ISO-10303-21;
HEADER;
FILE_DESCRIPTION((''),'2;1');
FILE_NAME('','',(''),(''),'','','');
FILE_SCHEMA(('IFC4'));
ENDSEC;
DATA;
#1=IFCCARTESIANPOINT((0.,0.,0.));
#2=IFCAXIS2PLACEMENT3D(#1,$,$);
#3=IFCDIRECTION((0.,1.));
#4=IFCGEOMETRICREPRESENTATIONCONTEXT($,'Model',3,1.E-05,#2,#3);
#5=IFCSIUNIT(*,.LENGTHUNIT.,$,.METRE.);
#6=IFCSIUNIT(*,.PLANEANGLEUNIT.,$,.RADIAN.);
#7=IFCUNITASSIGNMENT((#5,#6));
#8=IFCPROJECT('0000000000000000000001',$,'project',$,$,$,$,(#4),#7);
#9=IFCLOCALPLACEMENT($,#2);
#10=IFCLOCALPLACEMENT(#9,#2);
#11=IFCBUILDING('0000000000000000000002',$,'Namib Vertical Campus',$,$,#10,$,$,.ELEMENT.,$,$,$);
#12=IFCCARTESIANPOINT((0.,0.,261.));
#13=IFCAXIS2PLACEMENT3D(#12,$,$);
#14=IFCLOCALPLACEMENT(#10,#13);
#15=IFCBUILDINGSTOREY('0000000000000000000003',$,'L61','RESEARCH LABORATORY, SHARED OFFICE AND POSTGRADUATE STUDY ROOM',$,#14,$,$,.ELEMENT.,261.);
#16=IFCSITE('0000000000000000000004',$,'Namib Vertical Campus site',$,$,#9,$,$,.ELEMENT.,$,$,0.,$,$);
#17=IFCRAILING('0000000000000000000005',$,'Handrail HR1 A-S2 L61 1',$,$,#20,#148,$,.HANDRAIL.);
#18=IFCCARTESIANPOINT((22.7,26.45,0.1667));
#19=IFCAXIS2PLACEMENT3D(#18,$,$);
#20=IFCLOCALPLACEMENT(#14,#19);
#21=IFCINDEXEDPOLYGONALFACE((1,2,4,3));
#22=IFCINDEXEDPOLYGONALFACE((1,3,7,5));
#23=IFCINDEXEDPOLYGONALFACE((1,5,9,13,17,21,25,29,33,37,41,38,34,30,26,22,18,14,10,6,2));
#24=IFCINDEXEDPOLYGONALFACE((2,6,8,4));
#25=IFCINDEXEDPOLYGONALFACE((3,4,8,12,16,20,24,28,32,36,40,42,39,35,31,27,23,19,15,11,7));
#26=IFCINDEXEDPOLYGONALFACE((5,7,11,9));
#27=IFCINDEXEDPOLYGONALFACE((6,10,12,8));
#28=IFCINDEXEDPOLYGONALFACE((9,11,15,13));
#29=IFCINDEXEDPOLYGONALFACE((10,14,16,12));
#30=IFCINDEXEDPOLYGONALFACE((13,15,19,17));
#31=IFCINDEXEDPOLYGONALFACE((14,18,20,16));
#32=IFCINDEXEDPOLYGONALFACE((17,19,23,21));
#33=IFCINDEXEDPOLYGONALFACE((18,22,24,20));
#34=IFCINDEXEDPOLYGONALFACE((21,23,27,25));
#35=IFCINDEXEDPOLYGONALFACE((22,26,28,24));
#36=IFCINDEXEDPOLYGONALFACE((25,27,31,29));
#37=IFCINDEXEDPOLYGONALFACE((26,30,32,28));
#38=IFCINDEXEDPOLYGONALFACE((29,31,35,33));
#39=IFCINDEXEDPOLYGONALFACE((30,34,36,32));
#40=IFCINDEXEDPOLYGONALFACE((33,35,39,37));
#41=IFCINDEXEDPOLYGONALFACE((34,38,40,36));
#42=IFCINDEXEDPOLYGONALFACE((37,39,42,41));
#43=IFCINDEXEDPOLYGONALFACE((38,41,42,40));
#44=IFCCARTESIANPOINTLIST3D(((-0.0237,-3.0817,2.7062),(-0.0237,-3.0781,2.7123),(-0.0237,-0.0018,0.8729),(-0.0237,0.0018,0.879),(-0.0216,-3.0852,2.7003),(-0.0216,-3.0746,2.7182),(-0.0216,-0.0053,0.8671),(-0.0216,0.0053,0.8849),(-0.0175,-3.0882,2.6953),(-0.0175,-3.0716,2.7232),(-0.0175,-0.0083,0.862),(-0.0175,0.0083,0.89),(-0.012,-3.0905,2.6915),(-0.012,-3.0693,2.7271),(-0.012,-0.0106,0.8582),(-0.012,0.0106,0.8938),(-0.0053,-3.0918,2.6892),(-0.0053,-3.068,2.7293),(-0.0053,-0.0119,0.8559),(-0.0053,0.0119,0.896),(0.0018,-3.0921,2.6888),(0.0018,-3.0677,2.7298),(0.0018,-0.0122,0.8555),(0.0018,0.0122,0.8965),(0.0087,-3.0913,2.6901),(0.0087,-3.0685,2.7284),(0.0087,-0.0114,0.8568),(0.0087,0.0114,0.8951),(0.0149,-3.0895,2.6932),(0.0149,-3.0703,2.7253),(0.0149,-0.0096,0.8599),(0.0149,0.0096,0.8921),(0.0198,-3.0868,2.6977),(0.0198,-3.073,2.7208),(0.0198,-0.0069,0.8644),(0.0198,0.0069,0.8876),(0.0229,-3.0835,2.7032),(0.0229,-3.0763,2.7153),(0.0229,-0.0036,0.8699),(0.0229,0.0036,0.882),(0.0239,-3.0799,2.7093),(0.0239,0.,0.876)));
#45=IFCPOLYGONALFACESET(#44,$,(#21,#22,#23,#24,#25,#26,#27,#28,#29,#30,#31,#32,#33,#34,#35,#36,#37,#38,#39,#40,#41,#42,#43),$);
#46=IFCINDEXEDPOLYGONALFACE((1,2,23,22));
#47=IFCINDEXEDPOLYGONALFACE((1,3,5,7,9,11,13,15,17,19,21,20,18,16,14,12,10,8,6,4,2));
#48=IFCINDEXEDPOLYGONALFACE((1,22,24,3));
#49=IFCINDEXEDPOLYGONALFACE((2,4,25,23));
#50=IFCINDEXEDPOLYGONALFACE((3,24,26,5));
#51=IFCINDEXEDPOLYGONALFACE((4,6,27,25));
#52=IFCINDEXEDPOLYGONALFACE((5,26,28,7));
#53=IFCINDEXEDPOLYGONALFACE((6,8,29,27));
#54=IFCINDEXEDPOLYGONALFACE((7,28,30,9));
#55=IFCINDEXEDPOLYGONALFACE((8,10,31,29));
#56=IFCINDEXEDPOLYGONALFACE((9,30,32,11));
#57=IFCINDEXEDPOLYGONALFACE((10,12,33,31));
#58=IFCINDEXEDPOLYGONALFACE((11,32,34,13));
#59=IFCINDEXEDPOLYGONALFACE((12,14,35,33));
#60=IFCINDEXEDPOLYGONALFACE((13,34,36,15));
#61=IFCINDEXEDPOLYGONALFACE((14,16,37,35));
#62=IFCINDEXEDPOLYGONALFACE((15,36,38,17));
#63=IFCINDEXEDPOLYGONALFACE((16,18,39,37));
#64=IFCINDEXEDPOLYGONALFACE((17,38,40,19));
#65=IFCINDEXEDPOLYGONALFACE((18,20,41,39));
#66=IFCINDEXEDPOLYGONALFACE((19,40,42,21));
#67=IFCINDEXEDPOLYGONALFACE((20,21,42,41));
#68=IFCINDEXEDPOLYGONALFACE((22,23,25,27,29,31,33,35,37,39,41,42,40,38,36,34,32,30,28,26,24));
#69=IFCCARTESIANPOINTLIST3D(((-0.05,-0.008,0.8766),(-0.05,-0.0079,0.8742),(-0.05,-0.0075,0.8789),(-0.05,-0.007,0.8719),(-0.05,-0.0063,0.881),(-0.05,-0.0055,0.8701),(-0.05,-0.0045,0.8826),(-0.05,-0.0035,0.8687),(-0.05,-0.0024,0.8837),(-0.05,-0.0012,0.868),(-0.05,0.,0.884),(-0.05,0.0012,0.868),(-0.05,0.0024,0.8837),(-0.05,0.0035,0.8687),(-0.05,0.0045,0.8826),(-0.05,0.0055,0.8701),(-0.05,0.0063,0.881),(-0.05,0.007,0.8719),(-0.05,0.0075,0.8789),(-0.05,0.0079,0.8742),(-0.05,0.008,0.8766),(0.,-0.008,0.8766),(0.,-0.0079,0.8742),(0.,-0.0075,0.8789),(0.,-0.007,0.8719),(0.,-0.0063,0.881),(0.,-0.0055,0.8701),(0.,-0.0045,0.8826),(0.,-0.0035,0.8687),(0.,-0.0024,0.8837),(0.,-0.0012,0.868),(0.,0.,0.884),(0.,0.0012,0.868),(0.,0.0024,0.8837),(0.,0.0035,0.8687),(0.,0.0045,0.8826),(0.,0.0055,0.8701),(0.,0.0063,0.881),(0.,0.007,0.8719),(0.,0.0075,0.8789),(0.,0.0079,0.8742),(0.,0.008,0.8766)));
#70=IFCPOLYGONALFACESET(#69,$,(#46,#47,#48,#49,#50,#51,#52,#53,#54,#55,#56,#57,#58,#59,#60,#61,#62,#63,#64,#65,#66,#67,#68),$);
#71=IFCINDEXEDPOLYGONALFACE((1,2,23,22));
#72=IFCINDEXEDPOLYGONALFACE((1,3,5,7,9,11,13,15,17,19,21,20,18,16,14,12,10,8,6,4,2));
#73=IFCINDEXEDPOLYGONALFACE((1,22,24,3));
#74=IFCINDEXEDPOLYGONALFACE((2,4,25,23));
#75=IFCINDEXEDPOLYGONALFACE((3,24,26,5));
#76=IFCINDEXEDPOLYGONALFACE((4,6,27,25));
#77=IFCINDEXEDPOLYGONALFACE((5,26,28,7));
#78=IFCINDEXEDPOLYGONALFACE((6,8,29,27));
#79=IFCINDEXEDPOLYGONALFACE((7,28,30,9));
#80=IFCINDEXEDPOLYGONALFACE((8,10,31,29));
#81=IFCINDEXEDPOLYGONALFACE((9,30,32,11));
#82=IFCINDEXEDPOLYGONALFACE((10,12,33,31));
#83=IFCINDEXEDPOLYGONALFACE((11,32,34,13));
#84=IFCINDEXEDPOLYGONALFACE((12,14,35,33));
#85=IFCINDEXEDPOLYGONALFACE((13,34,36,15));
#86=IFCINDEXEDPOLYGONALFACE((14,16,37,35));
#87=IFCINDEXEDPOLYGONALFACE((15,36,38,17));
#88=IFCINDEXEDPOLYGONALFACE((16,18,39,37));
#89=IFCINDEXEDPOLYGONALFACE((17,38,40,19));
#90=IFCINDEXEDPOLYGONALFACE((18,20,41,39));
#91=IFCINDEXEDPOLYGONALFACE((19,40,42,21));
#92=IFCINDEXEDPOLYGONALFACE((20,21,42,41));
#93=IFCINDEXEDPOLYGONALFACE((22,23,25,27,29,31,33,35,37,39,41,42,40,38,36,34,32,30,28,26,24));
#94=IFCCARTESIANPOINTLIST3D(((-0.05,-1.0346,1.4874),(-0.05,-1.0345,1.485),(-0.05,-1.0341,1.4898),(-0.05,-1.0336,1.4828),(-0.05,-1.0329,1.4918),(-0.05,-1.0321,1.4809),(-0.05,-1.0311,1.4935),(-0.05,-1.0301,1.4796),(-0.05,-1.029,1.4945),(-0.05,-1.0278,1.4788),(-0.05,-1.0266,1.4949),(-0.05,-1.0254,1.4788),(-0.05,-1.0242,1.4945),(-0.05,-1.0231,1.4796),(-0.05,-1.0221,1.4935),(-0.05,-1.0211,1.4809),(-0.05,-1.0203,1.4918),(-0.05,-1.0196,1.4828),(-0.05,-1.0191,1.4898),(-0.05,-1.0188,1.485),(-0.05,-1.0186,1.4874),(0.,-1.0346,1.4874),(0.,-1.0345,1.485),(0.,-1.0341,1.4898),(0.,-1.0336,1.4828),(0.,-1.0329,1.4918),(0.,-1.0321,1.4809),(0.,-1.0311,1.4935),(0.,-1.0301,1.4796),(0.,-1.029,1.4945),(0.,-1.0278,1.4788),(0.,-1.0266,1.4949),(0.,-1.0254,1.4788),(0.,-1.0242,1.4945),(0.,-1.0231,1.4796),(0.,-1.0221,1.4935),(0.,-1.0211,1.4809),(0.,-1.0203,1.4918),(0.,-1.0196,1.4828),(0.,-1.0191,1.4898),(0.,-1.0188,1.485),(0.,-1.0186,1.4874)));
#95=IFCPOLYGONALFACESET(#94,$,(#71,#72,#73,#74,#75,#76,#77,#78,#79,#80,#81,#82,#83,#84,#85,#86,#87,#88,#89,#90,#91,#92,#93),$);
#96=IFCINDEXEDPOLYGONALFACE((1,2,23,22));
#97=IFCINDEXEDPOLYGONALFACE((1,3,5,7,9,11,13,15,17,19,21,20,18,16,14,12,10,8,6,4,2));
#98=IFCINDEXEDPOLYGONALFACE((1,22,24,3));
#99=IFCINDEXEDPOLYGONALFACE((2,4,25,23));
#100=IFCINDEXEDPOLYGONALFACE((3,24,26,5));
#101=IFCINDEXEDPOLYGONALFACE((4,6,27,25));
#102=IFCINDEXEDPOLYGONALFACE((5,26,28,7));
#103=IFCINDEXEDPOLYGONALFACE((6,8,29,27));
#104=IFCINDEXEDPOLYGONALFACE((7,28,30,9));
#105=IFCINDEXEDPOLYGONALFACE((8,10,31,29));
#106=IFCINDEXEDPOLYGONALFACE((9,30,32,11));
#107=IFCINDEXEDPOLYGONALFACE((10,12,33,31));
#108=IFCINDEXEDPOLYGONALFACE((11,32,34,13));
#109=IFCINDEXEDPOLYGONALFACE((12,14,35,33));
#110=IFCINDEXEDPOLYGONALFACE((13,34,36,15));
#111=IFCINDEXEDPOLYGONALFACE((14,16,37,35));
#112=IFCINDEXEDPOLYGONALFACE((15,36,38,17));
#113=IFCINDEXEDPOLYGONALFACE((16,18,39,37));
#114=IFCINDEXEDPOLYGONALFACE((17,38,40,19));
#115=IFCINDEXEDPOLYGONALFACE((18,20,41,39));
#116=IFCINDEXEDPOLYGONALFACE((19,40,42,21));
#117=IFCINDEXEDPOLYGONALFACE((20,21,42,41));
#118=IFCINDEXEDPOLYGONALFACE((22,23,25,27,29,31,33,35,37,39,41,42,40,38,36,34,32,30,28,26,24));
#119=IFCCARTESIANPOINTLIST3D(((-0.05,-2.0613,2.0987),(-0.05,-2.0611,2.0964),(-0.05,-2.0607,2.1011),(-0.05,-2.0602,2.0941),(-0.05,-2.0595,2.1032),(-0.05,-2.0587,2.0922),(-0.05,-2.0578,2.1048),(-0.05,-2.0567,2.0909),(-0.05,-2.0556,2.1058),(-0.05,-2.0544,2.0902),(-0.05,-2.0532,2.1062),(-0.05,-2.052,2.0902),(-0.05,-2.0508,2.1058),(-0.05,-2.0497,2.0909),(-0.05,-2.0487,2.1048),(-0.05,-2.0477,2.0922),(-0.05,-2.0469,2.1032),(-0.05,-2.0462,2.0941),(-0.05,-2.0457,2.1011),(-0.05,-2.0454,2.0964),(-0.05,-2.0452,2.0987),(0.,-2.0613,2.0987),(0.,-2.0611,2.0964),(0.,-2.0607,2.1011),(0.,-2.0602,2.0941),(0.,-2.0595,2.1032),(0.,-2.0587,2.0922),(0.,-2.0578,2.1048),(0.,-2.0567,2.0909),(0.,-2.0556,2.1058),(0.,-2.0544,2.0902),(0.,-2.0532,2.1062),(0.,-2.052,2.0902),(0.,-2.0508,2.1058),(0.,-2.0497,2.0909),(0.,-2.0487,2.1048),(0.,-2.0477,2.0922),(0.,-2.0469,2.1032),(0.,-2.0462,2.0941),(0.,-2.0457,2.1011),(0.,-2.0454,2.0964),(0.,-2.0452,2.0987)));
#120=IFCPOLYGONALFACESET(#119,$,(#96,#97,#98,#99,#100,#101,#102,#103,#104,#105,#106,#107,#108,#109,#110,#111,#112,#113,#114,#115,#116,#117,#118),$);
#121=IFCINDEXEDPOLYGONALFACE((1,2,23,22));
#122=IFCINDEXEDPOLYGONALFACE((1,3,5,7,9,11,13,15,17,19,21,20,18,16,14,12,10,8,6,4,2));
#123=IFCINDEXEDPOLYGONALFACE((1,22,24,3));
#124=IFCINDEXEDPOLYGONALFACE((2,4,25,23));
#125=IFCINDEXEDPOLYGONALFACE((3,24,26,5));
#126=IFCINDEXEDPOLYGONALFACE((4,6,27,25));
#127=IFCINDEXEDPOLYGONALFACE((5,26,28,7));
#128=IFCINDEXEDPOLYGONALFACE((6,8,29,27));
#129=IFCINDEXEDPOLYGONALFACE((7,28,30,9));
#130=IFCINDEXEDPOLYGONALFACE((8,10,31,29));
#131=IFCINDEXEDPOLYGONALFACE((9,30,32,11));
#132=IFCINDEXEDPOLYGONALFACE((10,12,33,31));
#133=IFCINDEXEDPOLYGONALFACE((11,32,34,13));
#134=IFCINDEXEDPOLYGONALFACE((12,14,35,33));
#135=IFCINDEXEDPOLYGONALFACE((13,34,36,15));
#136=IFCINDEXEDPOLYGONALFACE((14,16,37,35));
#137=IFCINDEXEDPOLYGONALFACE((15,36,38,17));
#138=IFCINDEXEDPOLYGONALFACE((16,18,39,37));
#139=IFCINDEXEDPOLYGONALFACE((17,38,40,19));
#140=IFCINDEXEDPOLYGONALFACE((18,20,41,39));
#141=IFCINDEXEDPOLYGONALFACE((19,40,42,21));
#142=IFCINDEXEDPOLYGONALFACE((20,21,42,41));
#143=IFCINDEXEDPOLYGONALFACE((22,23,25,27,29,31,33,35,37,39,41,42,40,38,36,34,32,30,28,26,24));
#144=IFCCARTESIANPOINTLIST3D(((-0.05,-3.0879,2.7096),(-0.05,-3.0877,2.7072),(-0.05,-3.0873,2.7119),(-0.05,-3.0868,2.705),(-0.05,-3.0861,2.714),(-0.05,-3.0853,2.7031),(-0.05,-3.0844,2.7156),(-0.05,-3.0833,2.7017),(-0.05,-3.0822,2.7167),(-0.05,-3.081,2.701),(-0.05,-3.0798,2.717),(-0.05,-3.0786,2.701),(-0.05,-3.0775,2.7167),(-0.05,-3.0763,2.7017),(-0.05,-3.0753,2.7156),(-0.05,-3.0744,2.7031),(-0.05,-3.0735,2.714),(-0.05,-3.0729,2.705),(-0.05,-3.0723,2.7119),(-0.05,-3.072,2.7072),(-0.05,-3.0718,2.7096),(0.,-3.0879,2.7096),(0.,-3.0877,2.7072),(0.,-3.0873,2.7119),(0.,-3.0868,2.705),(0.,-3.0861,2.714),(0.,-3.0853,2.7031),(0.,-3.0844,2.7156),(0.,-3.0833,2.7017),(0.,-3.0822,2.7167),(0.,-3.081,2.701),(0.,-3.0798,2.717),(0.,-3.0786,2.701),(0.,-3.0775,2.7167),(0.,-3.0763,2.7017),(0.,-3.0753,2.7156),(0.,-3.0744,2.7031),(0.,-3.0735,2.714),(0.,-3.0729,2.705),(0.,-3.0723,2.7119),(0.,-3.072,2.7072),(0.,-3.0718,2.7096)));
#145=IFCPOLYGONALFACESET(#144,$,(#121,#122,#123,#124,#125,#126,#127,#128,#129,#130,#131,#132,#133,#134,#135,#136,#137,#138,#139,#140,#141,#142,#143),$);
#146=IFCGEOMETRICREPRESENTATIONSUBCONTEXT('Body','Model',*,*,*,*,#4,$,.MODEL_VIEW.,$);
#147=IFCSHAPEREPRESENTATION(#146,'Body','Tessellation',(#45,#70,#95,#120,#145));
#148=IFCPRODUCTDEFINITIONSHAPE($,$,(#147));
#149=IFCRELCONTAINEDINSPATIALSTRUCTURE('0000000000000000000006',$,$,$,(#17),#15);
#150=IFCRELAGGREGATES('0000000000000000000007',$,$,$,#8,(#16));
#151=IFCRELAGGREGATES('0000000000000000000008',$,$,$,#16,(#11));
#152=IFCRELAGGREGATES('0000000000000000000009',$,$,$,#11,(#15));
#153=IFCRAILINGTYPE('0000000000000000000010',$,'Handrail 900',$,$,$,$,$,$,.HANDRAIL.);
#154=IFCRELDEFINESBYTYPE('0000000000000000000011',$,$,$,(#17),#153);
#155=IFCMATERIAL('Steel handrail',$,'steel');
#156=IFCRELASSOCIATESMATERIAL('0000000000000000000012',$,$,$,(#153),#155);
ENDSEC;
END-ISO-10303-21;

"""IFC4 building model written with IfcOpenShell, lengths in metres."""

from ifc_helpers import new_model, si_unit, direction, frame, origin, origin_2d, place, context, subcontext, project, spatial, circle, extrude, material, type_object, element, save


model = new_model("IFC4")

# Units and contexts
model_context = context("Model", 3, precision=1e-05, world=origin(), true_north=direction((0.0, 1.0)))
body_context = subcontext(model_context, "Body", "Model", "MODEL_VIEW")
ifc_project = project(units=[si_unit("LENGTHUNIT", "METRE"), si_unit("PLANEANGLEUNIT", "RADIAN")], contexts=[model_context])

# Site, building, storey
site_placement = place(None, origin())
site = spatial("IfcSite", under=ifc_project, at=site_placement, Name="Namib Vertical Campus site", CompositionType="ELEMENT", RefElevation=0.0)
building_placement = place(site_placement, origin())
building = spatial("IfcBuilding", under=site, at=building_placement, Name="Namib Vertical Campus", CompositionType="ELEMENT")
storey_placement = place(building_placement, frame((0.0, 0.0, 261.0)))
storey = spatial("IfcBuildingStorey", under=building, at=storey_placement, Name="L61", Description="RESEARCH LABORATORY, SHARED OFFICE AND POSTGRADUATE STUDY ROOM", CompositionType="ELEMENT", Elevation=261.0)

# Railing
ifc_material_1 = material(Name="Steel handrail", Category="steel")
railing_type_1 = type_object("IfcRailingType", Name="Handrail 900", PredefinedType="HANDRAIL", material=ifc_material_1)
railing_1_placement = place(storey_placement, frame((22.7, 26.45, 0.1667)))
element("IfcRailing", 1, at=railing_1_placement, inside=storey, type_object=railing_type_1, Name="Handrail HR1 A-S2 L61 1", PredefinedType="HANDRAIL", context=body_context, shape_type="SweptSolid", body=[
    extrude(circle(Radius=0.0239, at=origin_2d()), frame((0.0, 0.0, 0.876), z_axis=(0.0, -0.859291, 0.511487), x_axis=(1.0, 0.0, 0.0)), (0.0, 0.0, 1.0), 3.5842),
    extrude(circle(Radius=0.0081, at=origin_2d()), frame((0.0, 0.0, 0.876), z_axis=(-1.0, 0.0, 0.0), x_axis=(0.0, 0.0, 1.0)), (0.0, 0.0, 1.0), 0.05),
    extrude(circle(Radius=0.0081, at=origin_2d()), frame((0.0, -1.0266, 1.4868), z_axis=(-1.0, 0.0, 0.0), x_axis=(0.0, 0.0, 1.0)), (0.0, 0.0, 1.0), 0.05),
    extrude(circle(Radius=0.0081, at=origin_2d()), frame((0.0, -2.0532, 2.0981), z_axis=(-1.0, 0.0, 0.0), x_axis=(0.0, 0.0, 1.0)), (0.0, 0.0, 1.0), 0.05),
    extrude(circle(Radius=0.0081, at=origin_2d()), frame((0.0, -3.0798, 2.709), z_axis=(-1.0, 0.0, 0.0), x_axis=(0.0, 0.0, 1.0)), (0.0, 0.0, 1.0), 0.05),
])

save(model, "model.ifc")
